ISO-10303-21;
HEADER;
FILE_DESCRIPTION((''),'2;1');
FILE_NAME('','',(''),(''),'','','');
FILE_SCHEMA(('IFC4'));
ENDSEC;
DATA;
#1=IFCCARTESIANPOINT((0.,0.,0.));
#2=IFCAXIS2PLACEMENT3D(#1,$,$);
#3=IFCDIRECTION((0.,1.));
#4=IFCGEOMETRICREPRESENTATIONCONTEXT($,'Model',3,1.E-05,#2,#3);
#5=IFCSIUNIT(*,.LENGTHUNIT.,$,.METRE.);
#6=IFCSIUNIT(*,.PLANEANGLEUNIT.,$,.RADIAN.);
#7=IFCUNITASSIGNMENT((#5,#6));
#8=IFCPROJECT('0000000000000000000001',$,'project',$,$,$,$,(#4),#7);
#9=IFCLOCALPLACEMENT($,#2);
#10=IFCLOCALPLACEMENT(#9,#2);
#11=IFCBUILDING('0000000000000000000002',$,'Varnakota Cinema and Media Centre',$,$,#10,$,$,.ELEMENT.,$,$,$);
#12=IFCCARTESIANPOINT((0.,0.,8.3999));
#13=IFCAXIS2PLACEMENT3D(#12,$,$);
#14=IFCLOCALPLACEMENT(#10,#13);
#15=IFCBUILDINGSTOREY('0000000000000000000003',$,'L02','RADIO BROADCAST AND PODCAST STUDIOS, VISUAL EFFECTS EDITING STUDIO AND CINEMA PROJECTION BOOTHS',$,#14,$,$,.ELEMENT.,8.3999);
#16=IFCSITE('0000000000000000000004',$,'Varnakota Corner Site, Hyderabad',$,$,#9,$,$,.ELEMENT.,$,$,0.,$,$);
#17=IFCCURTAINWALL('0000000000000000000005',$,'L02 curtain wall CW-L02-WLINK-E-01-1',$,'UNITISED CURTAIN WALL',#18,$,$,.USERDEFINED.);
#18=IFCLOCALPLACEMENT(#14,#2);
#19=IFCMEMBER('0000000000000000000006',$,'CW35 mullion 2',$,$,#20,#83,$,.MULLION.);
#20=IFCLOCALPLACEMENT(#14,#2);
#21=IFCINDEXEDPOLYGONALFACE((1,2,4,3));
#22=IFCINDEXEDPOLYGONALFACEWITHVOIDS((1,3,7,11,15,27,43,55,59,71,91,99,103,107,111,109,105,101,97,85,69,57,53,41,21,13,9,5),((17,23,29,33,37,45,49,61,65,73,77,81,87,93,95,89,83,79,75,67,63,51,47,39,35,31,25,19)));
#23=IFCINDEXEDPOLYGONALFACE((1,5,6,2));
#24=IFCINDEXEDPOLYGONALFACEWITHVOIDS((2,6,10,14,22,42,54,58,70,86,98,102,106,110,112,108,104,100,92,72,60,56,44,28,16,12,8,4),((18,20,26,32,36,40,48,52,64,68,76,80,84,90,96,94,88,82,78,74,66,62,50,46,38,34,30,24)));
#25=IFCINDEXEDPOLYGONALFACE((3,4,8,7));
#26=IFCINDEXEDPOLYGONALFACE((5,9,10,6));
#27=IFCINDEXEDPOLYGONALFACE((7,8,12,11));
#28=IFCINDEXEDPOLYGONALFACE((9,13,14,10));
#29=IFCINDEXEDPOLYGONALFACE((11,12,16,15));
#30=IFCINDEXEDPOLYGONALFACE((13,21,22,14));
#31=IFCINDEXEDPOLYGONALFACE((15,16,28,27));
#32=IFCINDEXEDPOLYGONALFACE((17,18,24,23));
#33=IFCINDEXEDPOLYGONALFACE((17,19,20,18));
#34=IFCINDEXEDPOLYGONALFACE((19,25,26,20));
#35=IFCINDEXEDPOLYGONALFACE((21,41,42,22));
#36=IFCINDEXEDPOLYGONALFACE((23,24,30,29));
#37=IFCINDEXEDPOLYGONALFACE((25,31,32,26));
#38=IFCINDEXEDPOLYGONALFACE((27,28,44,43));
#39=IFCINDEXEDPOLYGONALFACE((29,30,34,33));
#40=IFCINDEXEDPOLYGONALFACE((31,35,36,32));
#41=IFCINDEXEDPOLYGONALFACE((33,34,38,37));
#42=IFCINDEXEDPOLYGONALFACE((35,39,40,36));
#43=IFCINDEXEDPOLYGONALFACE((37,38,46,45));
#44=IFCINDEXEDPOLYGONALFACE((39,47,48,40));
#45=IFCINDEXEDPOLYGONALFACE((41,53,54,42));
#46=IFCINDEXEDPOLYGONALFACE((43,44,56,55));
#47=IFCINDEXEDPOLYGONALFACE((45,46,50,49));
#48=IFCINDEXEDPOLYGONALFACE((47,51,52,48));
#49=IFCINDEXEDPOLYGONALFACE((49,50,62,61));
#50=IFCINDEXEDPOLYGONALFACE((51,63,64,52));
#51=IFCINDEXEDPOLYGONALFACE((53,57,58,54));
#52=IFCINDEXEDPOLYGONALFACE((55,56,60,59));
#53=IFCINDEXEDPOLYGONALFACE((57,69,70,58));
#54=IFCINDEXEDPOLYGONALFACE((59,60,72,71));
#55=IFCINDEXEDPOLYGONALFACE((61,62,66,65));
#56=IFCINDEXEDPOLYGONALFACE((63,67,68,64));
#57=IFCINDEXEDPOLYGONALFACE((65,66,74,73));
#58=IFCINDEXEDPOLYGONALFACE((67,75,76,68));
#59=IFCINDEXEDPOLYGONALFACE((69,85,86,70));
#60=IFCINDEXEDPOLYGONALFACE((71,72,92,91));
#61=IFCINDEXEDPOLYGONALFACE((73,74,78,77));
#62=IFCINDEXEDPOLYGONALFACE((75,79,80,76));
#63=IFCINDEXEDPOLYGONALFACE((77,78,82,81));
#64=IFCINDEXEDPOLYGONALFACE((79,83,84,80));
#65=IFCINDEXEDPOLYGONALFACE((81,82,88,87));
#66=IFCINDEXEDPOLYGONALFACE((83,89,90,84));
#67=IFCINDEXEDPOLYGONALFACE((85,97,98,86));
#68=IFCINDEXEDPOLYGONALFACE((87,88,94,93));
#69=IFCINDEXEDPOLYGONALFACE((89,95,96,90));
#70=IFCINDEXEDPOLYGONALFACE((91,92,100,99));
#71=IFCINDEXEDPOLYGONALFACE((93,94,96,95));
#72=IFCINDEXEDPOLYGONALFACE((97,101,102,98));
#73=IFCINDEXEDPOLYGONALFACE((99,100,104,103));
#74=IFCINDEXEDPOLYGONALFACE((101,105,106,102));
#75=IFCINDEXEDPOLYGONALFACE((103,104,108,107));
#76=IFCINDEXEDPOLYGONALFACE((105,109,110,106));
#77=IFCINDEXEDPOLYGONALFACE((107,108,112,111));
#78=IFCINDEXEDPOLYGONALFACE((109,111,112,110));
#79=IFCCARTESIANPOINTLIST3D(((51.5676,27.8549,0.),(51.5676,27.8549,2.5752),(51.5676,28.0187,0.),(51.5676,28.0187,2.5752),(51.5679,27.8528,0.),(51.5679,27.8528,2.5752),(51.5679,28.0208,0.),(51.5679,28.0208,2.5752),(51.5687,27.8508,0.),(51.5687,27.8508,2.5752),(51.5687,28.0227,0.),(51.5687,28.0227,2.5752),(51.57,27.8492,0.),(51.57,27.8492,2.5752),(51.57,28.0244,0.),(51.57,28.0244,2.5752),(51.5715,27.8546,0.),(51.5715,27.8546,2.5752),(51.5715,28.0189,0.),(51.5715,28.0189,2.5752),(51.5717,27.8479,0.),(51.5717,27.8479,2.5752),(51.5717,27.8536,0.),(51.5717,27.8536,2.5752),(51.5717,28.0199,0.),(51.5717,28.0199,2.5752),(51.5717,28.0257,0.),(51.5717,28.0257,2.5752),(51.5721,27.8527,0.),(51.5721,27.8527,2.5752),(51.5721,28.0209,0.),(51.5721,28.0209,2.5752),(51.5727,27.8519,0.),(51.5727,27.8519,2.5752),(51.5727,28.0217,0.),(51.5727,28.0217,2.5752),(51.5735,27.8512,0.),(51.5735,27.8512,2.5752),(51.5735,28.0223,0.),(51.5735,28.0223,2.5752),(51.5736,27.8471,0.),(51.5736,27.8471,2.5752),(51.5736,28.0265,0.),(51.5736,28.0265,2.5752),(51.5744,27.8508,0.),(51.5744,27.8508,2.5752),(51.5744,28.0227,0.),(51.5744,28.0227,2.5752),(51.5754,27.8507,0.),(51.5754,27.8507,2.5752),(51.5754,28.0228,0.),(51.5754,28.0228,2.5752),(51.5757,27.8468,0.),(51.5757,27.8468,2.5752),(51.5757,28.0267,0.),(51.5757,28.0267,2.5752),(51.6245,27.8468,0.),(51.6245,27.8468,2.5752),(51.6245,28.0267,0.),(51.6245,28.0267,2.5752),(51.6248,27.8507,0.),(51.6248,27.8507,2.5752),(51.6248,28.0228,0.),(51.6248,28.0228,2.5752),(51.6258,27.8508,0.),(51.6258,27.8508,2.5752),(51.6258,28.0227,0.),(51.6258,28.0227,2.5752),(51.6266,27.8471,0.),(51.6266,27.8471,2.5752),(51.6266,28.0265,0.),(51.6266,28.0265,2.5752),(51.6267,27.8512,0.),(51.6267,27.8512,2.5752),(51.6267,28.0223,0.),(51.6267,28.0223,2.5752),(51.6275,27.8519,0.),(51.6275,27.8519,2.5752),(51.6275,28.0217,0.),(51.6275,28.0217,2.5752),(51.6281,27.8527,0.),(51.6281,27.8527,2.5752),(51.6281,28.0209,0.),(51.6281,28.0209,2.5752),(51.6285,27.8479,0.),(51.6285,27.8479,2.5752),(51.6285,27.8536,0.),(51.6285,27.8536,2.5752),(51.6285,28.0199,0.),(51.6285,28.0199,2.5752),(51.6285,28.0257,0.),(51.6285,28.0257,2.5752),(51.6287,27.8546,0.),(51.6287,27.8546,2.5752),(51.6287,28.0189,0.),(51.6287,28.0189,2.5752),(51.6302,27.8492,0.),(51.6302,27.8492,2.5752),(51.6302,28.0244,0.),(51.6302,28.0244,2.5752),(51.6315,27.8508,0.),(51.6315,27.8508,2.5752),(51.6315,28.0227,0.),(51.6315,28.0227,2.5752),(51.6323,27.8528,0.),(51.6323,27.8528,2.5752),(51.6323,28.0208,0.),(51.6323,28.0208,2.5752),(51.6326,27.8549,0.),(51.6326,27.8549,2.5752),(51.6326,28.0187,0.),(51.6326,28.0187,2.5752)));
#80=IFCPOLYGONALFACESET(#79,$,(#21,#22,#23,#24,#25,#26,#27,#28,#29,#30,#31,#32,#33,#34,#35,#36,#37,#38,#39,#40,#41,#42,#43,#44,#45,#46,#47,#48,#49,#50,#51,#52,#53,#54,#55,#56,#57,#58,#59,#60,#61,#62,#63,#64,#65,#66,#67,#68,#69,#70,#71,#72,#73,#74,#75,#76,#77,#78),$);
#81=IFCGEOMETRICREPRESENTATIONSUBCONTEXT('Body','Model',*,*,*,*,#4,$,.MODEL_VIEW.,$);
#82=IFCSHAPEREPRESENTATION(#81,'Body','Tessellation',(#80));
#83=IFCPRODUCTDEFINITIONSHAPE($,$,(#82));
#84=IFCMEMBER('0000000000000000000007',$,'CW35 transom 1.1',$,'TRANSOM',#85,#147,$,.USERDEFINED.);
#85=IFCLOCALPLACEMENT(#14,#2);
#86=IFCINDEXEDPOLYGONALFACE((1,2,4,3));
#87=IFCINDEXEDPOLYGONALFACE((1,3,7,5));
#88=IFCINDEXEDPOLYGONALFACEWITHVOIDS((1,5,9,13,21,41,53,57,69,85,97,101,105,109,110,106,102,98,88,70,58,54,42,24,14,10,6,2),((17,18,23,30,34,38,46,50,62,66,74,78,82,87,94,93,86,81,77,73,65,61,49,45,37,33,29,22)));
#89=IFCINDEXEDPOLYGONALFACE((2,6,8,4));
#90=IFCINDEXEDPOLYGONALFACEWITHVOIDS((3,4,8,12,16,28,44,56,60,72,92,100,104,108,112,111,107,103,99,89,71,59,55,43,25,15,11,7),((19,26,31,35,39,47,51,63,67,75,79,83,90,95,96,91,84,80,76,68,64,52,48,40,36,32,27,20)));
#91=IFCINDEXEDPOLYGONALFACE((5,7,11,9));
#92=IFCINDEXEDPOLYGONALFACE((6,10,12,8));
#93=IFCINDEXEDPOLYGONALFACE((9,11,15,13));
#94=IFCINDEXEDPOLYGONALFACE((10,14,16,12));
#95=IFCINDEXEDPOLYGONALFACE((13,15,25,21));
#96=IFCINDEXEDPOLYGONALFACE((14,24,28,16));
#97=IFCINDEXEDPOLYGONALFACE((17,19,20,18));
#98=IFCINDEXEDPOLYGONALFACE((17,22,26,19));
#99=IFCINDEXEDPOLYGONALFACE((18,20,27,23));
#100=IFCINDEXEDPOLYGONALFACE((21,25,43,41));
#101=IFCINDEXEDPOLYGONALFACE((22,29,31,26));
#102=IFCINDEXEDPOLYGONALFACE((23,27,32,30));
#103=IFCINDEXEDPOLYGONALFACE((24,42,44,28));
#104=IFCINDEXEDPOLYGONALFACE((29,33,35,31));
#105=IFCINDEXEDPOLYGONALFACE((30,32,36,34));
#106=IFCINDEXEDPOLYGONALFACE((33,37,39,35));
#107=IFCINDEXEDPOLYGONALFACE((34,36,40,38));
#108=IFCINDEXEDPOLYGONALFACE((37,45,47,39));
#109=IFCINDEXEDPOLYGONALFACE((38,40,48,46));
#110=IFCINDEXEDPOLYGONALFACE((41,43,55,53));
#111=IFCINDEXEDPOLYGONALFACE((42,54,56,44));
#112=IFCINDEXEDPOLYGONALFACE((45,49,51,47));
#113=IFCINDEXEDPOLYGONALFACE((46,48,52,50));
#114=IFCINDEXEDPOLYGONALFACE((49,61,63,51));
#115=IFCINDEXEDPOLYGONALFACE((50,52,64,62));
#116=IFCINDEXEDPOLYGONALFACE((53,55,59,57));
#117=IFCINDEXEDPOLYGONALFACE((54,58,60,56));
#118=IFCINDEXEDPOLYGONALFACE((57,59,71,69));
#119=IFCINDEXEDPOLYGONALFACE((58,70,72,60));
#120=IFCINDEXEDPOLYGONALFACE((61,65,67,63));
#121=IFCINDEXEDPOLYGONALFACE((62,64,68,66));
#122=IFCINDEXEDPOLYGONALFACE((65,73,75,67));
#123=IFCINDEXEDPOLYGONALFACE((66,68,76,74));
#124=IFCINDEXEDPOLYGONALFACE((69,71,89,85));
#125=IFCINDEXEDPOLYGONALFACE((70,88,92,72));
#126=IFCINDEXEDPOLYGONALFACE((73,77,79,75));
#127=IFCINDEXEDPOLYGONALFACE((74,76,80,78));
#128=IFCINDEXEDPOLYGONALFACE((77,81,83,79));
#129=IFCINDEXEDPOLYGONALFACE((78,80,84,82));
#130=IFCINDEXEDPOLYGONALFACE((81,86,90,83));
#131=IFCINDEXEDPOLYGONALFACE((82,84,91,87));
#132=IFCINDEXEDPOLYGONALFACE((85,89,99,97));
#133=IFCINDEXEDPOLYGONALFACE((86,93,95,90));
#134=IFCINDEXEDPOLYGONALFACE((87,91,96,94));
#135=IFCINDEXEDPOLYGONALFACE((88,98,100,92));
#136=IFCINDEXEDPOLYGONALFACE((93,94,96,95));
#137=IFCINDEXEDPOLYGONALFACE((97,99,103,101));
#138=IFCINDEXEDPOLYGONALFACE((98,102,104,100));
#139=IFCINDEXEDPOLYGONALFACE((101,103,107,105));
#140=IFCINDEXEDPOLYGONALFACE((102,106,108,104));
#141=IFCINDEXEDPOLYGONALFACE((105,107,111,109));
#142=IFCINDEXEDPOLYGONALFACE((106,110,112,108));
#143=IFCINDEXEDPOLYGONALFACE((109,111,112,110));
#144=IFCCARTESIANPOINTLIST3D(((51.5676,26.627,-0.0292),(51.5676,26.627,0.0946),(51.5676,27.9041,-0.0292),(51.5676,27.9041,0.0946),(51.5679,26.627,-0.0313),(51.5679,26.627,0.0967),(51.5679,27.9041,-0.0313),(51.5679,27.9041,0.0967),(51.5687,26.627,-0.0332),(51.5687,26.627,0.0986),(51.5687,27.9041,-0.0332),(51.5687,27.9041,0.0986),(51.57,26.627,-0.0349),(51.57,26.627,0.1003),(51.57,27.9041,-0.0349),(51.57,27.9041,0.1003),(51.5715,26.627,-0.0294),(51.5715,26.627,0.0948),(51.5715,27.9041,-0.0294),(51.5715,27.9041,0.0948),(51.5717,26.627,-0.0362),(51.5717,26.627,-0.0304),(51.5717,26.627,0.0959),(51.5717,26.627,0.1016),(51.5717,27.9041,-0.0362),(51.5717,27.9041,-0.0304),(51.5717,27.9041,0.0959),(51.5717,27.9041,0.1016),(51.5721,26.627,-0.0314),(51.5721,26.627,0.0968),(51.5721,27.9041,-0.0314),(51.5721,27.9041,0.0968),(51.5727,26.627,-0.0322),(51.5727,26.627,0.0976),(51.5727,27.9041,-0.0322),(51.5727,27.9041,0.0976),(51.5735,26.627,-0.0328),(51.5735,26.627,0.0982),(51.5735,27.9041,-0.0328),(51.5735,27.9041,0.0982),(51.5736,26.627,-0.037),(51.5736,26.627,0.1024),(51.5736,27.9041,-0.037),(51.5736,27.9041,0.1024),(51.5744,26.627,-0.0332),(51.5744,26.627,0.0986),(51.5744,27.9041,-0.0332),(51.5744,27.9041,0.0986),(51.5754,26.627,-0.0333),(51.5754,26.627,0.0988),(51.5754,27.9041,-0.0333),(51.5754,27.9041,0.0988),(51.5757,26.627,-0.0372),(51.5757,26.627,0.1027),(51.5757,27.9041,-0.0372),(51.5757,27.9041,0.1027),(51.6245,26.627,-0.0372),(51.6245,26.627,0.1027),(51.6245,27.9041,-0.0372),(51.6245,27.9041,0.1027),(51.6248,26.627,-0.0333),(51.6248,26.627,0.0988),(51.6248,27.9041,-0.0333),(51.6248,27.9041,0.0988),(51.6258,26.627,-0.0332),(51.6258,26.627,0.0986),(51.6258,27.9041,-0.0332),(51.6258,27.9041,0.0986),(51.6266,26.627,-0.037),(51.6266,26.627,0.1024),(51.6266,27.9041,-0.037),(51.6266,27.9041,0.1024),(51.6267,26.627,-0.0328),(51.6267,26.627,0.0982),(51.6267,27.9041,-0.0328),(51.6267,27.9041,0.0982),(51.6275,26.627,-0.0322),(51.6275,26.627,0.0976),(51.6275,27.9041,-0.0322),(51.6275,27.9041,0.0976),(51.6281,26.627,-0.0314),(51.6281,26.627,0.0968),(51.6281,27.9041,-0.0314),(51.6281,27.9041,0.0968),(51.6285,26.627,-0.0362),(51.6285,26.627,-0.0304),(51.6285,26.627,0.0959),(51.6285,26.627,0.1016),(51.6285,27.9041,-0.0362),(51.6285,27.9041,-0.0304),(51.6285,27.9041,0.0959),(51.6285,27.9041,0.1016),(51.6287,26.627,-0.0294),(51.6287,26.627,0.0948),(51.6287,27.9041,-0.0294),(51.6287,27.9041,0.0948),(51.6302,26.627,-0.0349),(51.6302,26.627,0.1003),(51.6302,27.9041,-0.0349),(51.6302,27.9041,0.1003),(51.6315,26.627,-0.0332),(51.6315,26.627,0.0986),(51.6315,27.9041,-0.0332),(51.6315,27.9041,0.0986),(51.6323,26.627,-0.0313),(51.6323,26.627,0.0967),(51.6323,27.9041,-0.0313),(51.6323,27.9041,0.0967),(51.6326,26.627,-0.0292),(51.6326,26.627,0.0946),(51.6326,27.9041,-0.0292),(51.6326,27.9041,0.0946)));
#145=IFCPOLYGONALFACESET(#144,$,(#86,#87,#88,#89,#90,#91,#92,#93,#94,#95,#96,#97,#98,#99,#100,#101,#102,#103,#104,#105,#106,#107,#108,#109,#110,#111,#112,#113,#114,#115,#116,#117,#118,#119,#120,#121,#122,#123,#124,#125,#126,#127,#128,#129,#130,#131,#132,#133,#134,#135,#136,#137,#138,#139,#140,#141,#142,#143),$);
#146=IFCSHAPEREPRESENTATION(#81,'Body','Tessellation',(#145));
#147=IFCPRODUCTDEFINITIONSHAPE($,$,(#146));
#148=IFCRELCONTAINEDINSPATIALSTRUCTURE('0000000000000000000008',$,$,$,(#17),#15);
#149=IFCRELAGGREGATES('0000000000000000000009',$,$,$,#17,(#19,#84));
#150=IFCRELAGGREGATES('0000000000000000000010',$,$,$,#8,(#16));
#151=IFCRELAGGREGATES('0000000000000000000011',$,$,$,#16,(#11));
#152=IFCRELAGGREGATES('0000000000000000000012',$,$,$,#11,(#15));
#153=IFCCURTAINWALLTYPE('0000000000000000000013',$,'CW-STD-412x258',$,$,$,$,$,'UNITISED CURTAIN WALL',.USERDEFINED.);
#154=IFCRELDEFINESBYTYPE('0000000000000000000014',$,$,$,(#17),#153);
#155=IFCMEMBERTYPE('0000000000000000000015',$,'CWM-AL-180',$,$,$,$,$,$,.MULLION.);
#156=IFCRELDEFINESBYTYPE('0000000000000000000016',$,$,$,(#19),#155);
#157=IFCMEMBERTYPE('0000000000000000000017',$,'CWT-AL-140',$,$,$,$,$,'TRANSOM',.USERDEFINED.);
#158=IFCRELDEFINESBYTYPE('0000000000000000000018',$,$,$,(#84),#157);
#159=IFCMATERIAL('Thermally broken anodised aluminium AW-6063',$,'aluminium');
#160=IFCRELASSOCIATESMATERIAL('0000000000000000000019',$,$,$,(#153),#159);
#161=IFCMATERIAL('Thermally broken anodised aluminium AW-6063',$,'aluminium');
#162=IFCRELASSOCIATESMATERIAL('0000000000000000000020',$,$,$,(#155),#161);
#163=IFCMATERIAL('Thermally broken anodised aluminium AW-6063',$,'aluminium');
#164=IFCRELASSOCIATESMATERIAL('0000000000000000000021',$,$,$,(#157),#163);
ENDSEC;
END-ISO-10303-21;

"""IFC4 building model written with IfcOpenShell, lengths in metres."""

from ifc_helpers import new_model, si_unit, direction, frame, origin, origin_2d, place, context, subcontext, project, spatial, hollow_rectangle, extrude, material, material_profile, profile_set, type_object, element, aggregate, save


model = new_model("IFC4")

# Units and contexts
model_context = context("Model", 3, precision=1e-05, world=origin(), true_north=direction((0.0, 1.0)))
body_context = subcontext(model_context, "Body", "Model", "MODEL_VIEW")
ifc_project = project(units=[si_unit("LENGTHUNIT", "METRE"), si_unit("PLANEANGLEUNIT", "RADIAN")], contexts=[model_context])

# Site, building, storey
site_placement = place(None, origin())
site = spatial("IfcSite", under=ifc_project, at=site_placement, Name="Varnakota Corner Site, Hyderabad", CompositionType="ELEMENT", RefElevation=0.0)
building_placement = place(site_placement, origin())
building = spatial("IfcBuilding", under=site, at=building_placement, Name="Varnakota Cinema and Media Centre", CompositionType="ELEMENT")
storey_placement = place(building_placement, frame((0.0, 0.0, 8.3999)))
storey = spatial("IfcBuildingStorey", under=building, at=storey_placement, Name="L02", Description="RADIO BROADCAST AND PODCAST STUDIOS, VISUAL EFFECTS EDITING STUDIO AND CINEMA PROJECTION BOOTHS", CompositionType="ELEMENT", Elevation=8.3999)

# Curtain wall, members
ifc_material_1 = material(Name="Thermally broken anodised aluminium AW-6063", Category="aluminium")
curtain_wall_type = type_object("IfcCurtainWallType", Name="CW-STD-412x258", ElementType="UNITISED CURTAIN WALL", PredefinedType="USERDEFINED", material=ifc_material_1)
curtain_wall_placement = place(storey_placement, origin())
curtain_wall = element("IfcCurtainWall", 1, at=curtain_wall_placement, inside=storey, type_object=curtain_wall_type, Name="L02 curtain wall CW-L02-WLINK-E-01-1", ObjectType="UNITISED CURTAIN WALL", PredefinedType="USERDEFINED")
ifc_material_2 = material(Name="Thermally broken anodised aluminium AW-6063", Category="aluminium")
ifc_material_profile_1 = material_profile(ifc_material_2, hollow_rectangle(XDim=0.0649, YDim=0.1799, WallThickness=0.0039, InnerFilletRadius=0.0039, OuterFilletRadius=0.0081, at=origin_2d()), Name="AL-MULLION 180x65x4")
ifc_profile_set_1 = profile_set([ifc_material_profile_1], Name="Thermally broken anodised aluminium AW-6063")
member_type_1 = type_object("IfcMemberType", Name="CWM-AL-180", PredefinedType="MULLION", material=ifc_profile_set_1)
member_1_placement = place(storey_placement, frame((51.6001, 27.9368, 0.0), z_axis=(0.0, 0.0, 1.0), x_axis=(-1.0, 0.0, 0.0)))
member_1 = element("IfcMember", 2, at=member_1_placement, type_object=member_type_1, Name="CW35 mullion 2", PredefinedType="MULLION", context=body_context, shape_type="SweptSolid", body=[
    extrude(hollow_rectangle(XDim=0.0649, YDim=0.1799, WallThickness=0.0039, InnerFilletRadius=0.0039, OuterFilletRadius=0.0081, at=origin_2d()), origin(), (0.0, 0.0, 1.0), 2.5752),
])
ifc_material_3 = material(Name="Thermally broken anodised aluminium AW-6063", Category="aluminium")
ifc_material_profile_2 = material_profile(ifc_material_3, hollow_rectangle(XDim=0.0649, YDim=0.1399, WallThickness=0.0039, InnerFilletRadius=0.0039, OuterFilletRadius=0.0081, at=origin_2d()), Name="AL-TRANSOM 140x65x4")
ifc_profile_set_2 = profile_set([ifc_material_profile_2], Name="Thermally broken anodised aluminium AW-6063")
member_type_2 = type_object("IfcMemberType", Name="CWT-AL-140", ElementType="TRANSOM", PredefinedType="USERDEFINED", material=ifc_profile_set_2)
member_2_placement = place(storey_placement, frame((51.6001, 26.627, 0.0327), z_axis=(0.0, 1.0, 0.0), x_axis=(-1.0, 0.0, 0.0)))
member_2 = element("IfcMember", 3, at=member_2_placement, type_object=member_type_2, Name="CW35 transom 1.1", ObjectType="TRANSOM", PredefinedType="USERDEFINED", context=body_context, shape_type="SweptSolid", body=[
    extrude(hollow_rectangle(XDim=0.0649, YDim=0.1399, WallThickness=0.0039, InnerFilletRadius=0.0039, OuterFilletRadius=0.0081, at=origin_2d()), origin(), (0.0, 0.0, 1.0), 1.2771),
])
aggregate(curtain_wall, [member_1, member_2])

save(model, "model.ifc")
